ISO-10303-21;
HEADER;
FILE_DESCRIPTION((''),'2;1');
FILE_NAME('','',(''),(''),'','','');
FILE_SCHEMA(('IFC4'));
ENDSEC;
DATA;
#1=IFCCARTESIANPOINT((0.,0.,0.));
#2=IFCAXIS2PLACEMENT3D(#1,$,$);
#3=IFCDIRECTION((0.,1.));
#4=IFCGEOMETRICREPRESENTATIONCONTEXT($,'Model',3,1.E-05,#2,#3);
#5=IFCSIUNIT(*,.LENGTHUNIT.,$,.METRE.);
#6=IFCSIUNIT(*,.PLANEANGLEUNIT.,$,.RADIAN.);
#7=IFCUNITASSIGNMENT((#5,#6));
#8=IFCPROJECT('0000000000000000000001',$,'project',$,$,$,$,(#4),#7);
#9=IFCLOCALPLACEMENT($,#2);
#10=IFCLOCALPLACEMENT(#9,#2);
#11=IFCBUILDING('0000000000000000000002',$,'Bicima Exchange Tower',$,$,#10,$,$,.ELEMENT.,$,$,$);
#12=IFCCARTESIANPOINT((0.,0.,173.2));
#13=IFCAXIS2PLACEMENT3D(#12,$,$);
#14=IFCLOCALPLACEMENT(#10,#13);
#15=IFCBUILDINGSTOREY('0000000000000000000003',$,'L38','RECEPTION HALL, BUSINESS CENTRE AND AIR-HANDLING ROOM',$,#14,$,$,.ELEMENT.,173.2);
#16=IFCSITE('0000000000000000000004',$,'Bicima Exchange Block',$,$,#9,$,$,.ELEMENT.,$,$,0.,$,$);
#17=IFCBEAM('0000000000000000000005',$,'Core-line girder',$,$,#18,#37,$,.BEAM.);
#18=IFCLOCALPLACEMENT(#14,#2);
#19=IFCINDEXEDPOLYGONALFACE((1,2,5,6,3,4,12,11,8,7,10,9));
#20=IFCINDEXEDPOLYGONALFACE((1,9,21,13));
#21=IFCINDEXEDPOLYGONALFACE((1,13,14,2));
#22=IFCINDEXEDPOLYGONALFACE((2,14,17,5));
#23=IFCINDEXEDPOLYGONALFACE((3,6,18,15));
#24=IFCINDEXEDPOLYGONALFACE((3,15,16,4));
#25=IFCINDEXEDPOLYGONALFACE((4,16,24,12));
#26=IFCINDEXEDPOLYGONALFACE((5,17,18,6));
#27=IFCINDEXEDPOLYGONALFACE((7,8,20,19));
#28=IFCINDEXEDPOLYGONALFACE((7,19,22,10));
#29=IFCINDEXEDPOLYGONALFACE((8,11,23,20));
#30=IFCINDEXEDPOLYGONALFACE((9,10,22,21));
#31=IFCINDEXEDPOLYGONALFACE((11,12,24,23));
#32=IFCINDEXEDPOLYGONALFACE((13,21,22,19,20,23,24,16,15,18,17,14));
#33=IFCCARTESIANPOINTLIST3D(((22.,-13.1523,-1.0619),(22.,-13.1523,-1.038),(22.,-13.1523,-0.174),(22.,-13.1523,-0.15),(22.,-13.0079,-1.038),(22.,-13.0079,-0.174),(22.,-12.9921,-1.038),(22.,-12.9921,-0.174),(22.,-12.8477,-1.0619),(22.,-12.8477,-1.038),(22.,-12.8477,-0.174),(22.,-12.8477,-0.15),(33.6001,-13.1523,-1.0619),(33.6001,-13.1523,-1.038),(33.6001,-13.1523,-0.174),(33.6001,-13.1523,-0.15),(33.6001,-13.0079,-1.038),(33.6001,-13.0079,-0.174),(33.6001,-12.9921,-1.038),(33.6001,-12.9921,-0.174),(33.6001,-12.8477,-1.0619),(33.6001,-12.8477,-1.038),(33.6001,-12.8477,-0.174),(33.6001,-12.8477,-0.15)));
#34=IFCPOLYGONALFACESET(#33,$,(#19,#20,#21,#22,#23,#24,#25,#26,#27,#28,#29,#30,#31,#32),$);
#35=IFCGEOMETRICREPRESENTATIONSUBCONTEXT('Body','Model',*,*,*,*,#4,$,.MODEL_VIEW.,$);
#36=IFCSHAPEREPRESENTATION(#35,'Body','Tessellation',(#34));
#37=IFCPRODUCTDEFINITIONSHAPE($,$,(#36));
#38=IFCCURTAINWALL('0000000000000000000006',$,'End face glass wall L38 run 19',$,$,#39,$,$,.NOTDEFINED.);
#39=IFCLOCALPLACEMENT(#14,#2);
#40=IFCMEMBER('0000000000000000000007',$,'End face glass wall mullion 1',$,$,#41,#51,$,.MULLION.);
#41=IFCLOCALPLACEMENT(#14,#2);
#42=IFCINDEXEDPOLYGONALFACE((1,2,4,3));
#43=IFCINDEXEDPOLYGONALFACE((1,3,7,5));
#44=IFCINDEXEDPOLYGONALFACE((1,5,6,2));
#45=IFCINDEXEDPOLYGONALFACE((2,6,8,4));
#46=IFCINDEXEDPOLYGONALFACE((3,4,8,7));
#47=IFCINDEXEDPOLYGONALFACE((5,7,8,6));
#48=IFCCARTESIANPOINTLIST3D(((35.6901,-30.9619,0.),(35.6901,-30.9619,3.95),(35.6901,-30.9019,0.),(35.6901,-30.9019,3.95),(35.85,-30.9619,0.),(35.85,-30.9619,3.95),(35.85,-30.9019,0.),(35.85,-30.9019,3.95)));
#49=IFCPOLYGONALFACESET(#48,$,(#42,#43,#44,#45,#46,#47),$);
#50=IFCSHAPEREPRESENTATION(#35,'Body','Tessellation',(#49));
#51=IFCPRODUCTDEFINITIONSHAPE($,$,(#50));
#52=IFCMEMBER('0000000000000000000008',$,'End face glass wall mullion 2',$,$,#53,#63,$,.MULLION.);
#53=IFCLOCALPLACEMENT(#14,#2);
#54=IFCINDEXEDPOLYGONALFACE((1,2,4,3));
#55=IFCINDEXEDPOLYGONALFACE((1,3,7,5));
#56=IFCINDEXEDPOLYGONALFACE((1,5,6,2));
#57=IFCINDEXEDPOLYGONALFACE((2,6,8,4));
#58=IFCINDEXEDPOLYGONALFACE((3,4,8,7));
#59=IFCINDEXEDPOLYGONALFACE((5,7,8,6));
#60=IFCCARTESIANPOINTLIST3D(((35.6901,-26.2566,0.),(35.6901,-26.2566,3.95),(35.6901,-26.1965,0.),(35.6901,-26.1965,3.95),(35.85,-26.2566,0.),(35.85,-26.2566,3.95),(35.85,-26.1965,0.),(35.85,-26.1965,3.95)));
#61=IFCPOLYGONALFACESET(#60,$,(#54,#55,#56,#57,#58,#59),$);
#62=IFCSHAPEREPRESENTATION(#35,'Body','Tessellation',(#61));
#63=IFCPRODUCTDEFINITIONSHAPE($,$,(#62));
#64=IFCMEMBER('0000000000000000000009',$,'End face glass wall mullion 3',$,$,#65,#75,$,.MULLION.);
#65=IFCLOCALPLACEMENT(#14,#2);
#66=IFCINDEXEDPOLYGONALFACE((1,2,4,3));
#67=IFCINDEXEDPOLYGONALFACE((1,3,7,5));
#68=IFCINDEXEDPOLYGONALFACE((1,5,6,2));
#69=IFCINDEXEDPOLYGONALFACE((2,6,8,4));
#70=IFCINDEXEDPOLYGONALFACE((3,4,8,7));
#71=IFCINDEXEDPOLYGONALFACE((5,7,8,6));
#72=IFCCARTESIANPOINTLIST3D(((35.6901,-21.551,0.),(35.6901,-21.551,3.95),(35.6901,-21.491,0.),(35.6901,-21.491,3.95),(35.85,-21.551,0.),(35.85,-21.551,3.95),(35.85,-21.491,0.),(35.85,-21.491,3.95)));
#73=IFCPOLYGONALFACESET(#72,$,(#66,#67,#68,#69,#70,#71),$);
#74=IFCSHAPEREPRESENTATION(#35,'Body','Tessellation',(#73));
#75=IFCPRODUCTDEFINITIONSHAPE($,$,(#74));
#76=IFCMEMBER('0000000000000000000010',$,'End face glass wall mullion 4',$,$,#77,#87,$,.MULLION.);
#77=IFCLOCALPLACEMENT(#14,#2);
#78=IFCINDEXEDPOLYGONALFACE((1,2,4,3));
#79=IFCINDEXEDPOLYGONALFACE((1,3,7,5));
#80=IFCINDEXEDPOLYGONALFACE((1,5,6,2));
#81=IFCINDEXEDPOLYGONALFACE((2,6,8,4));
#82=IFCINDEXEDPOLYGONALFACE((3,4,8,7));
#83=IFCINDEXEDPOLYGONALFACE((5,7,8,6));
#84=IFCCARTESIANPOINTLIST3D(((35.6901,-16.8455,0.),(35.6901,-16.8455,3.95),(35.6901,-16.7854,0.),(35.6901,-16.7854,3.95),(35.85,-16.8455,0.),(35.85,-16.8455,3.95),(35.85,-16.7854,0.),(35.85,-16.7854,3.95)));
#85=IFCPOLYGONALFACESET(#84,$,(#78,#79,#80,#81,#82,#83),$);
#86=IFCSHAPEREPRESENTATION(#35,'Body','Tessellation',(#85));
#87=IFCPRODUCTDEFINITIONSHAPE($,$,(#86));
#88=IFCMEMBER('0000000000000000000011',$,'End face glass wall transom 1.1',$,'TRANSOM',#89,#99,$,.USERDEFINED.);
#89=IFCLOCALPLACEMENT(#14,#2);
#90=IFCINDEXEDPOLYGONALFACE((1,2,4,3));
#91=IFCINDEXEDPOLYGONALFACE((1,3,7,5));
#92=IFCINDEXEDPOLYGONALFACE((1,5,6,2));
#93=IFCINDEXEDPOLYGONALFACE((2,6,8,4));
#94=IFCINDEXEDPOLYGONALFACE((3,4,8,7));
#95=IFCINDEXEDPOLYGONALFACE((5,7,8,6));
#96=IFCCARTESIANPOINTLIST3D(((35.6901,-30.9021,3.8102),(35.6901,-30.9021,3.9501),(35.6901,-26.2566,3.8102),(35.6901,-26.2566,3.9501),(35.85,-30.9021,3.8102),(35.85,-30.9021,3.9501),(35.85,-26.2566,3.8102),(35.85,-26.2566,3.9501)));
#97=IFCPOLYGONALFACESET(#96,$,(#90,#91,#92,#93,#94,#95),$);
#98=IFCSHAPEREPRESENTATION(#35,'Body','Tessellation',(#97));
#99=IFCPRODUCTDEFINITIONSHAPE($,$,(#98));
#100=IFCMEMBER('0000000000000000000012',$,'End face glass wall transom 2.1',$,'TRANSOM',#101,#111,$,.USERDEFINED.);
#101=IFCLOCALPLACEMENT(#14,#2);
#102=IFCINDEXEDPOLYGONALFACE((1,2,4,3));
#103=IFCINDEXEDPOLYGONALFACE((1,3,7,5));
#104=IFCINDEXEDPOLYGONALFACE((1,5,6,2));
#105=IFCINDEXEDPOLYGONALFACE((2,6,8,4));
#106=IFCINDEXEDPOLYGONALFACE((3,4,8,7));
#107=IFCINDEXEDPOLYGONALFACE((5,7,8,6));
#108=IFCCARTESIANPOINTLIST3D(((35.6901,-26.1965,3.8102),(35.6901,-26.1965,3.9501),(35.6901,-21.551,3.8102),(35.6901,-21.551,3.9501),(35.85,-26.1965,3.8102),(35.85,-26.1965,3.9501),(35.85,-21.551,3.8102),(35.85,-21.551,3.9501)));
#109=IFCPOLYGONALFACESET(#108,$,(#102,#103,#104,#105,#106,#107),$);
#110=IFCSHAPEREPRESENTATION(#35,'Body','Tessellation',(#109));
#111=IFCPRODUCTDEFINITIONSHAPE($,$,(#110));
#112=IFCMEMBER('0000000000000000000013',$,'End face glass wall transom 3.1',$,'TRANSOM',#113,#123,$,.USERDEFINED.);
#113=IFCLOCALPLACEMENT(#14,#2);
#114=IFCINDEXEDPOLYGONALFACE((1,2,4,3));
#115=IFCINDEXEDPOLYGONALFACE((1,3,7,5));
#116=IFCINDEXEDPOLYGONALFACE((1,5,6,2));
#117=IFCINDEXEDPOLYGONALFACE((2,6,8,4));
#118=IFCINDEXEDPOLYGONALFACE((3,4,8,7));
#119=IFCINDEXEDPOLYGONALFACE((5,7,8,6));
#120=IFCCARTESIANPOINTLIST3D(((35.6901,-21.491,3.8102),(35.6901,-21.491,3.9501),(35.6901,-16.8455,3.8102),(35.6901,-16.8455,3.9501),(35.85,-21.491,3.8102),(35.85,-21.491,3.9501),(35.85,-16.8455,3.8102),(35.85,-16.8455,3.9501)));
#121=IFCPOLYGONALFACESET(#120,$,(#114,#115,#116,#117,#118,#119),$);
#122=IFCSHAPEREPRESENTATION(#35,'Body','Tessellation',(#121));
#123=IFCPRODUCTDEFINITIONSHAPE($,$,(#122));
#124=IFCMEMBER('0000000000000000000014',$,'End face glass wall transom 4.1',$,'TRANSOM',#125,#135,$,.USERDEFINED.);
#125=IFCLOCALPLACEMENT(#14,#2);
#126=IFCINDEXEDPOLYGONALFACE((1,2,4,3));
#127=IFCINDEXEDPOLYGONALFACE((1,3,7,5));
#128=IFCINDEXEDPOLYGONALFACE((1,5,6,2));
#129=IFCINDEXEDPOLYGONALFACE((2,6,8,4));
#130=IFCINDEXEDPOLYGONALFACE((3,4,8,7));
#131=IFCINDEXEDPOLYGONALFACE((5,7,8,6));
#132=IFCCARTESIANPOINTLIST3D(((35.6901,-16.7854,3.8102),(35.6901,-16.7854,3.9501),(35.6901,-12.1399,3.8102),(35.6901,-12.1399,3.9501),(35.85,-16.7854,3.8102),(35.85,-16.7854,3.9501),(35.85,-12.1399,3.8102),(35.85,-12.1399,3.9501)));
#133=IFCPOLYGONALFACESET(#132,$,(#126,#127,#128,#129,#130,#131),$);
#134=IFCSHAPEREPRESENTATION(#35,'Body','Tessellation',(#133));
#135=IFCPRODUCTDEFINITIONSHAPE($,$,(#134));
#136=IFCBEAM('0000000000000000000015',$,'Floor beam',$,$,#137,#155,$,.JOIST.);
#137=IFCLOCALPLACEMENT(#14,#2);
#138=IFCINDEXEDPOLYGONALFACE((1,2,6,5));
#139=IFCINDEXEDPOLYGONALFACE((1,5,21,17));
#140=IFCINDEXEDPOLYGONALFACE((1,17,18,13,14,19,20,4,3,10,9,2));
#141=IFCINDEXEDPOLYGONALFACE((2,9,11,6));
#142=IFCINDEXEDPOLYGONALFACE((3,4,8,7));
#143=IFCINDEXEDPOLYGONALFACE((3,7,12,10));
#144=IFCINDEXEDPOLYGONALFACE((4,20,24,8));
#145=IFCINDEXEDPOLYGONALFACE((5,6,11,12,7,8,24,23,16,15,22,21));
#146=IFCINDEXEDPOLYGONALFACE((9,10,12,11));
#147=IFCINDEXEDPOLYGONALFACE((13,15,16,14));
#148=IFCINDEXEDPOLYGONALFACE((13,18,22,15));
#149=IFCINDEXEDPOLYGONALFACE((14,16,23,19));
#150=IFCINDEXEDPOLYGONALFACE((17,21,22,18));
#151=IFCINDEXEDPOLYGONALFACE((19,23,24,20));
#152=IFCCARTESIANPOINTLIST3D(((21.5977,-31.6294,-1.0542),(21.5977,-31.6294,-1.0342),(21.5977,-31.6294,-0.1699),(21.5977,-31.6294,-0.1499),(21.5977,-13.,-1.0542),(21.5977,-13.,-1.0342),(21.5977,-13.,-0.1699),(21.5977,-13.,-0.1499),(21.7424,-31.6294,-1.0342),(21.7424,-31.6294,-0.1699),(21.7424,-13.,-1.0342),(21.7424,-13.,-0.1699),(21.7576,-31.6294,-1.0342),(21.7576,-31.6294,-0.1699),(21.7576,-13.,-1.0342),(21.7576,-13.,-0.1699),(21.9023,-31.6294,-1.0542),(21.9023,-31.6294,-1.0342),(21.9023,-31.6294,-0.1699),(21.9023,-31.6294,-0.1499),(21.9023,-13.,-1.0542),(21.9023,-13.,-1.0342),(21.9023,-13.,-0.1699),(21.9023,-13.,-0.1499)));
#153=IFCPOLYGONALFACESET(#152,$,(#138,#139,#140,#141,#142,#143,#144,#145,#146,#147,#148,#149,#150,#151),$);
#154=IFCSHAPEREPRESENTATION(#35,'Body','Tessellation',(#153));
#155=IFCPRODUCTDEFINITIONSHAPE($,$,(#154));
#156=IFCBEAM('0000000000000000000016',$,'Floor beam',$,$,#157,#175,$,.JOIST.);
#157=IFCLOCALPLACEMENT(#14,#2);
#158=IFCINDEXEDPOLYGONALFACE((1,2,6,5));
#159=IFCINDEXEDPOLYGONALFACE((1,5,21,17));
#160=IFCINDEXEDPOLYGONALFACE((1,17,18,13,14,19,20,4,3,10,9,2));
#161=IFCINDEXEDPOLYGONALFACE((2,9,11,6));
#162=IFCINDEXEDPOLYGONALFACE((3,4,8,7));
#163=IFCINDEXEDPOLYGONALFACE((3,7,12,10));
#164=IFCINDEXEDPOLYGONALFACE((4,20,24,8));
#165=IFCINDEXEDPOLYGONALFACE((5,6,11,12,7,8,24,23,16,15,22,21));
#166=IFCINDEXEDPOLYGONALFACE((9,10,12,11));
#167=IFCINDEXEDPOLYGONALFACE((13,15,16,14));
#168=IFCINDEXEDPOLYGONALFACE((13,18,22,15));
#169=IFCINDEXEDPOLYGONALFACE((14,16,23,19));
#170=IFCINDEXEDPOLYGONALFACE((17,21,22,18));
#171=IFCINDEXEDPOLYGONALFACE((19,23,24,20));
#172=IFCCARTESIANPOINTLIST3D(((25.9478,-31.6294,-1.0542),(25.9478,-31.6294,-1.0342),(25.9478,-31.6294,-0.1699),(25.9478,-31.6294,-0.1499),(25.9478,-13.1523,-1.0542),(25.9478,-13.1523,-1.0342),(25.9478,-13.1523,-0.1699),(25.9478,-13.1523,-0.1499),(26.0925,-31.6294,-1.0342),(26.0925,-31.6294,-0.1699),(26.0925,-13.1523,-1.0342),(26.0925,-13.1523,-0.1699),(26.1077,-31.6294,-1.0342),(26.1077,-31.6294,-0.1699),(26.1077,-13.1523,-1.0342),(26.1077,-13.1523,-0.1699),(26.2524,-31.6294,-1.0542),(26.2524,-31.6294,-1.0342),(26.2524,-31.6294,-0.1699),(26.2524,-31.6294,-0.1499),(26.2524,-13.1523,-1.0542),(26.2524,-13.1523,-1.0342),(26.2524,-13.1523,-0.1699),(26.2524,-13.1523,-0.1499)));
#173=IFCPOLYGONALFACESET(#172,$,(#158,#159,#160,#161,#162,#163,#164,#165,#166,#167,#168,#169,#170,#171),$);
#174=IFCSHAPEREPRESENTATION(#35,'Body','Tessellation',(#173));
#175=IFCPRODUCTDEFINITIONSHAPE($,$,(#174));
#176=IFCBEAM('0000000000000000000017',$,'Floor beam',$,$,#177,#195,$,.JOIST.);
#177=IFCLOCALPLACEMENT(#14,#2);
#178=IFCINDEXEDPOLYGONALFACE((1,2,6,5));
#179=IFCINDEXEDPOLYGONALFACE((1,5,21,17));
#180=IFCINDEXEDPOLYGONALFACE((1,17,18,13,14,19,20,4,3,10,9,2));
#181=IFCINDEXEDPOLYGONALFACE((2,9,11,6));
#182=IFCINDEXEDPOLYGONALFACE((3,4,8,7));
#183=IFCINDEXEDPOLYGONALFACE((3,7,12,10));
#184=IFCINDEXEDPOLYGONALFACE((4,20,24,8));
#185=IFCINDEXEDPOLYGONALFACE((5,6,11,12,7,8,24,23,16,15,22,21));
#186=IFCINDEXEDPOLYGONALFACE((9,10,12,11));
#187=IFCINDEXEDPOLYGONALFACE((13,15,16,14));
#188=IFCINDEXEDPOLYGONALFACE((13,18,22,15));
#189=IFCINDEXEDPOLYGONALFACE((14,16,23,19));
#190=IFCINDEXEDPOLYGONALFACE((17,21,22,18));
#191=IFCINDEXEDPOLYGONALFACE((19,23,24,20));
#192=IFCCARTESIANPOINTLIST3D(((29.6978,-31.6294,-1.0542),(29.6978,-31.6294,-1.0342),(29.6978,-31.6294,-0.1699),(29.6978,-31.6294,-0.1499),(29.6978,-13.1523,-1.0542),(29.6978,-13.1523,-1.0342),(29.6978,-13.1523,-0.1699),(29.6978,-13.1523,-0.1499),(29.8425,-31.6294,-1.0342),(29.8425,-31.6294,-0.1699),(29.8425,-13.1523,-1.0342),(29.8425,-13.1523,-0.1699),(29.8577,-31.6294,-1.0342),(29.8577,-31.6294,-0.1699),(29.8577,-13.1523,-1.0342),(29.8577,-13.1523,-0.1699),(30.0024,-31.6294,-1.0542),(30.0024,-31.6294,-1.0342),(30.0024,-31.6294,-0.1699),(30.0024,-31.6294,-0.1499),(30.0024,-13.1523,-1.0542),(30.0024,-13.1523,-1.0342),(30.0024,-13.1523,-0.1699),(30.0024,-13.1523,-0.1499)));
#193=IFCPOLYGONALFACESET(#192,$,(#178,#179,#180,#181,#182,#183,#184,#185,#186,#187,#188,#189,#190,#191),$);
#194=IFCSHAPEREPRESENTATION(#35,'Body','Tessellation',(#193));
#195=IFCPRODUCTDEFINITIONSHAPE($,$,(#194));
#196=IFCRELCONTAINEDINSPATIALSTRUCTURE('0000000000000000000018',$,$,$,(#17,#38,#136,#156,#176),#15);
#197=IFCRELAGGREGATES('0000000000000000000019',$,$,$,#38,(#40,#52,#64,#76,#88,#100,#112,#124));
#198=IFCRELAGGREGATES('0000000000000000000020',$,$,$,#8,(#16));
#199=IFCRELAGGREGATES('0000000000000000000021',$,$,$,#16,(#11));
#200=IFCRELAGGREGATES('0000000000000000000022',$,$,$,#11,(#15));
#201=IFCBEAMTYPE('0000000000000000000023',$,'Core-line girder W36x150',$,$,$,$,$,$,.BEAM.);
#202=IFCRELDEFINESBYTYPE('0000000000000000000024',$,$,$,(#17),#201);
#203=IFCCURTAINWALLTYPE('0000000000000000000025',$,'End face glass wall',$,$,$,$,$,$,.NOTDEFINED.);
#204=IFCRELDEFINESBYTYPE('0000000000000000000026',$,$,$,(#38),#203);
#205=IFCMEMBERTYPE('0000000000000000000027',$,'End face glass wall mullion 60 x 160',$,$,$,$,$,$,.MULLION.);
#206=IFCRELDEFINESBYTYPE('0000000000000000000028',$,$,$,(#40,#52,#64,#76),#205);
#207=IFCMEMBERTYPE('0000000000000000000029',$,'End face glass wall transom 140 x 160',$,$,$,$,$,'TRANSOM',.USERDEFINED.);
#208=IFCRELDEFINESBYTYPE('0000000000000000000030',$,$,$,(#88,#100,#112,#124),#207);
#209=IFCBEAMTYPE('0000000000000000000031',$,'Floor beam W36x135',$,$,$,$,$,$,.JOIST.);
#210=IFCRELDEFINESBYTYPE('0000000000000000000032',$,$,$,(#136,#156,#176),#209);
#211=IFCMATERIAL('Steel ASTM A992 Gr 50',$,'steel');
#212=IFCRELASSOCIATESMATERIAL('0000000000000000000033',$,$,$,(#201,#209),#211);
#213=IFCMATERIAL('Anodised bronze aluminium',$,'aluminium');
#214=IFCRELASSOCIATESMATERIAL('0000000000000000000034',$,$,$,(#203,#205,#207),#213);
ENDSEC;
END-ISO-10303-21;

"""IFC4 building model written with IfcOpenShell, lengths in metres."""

from ifc_helpers import new_model, si_unit, direction, frame, origin, origin_2d, place, context, subcontext, project, spatial, rectangle, i_section, extrude, material, material_profile, profile_set, type_object, element, aggregate, save


model = new_model("IFC4")

# Units and contexts
model_context = context("Model", 3, precision=1e-05, world=origin(), true_north=direction((0.0, 1.0)))
body_context = subcontext(model_context, "Body", "Model", "MODEL_VIEW")
ifc_project = project(units=[si_unit("LENGTHUNIT", "METRE"), si_unit("PLANEANGLEUNIT", "RADIAN")], contexts=[model_context])

# Site, building, storey
site_placement = place(None, origin())
site = spatial("IfcSite", under=ifc_project, at=site_placement, Name="Bicima Exchange Block", CompositionType="ELEMENT", RefElevation=0.0)
building_placement = place(site_placement, origin())
building = spatial("IfcBuilding", under=site, at=building_placement, Name="Bicima Exchange Tower", CompositionType="ELEMENT")
storey_placement = place(building_placement, frame((0.0, 0.0, 173.2)))
storey = spatial("IfcBuildingStorey", under=building, at=storey_placement, Name="L38", Description="RECEPTION HALL, BUSINESS CENTRE AND AIR-HANDLING ROOM", CompositionType="ELEMENT", Elevation=173.2)

# Beam
ifc_material_1 = material(Name="Steel ASTM A992 Gr 50", Category="steel")
ifc_material_profile_1 = material_profile(ifc_material_1, i_section(OverallWidth=0.3047, OverallDepth=0.9119, WebThickness=0.0159, FlangeThickness=0.0239, at=origin_2d()))
ifc_profile_set_1 = profile_set([ifc_material_profile_1], Name="Steel ASTM A992 Gr 50")
beam_type_1 = type_object("IfcBeamType", Name="Core-line girder W36x150", PredefinedType="BEAM", material=ifc_profile_set_1)
beam_1_placement = place(storey_placement, frame((22.0, -13.0, -0.606), z_axis=(1.0, 0.0, 0.0), x_axis=(0.0, 1.0, 0.0)))
element("IfcBeam", 1, at=beam_1_placement, inside=storey, type_object=beam_type_1, Name="Core-line girder", PredefinedType="BEAM", context=body_context, shape_type="SweptSolid", body=[
    extrude(i_section(OverallWidth=0.3047, OverallDepth=0.9119, WebThickness=0.0159, FlangeThickness=0.0239, at=origin_2d()), origin(), (0.0, 0.0, 1.0), 11.6001),
])

# Curtain wall, members
ifc_material_2 = material(Name="Anodised bronze aluminium", Category="aluminium")
curtain_wall_type_1 = type_object("IfcCurtainWallType", Name="End face glass wall", PredefinedType="NOTDEFINED", material=ifc_material_2)
curtain_wall_1_placement = place(storey_placement, origin())
curtain_wall_1 = element("IfcCurtainWall", 2, at=curtain_wall_1_placement, inside=storey, type_object=curtain_wall_type_1, Name="End face glass wall L38 run 19", PredefinedType="NOTDEFINED")
ifc_material_profile_2 = material_profile(ifc_material_2, rectangle(XDim=0.1599, YDim=0.0601, at=origin_2d()))
ifc_profile_set_2 = profile_set([ifc_material_profile_2], Name="Anodised bronze aluminium")
member_type_1 = type_object("IfcMemberType", Name="End face glass wall mullion 60 x 160", PredefinedType="MULLION", material=ifc_profile_set_2)
member_1_placement = place(storey_placement, frame((35.77, -30.9319, 0.0), z_axis=(0.0, 0.0, 1.0), x_axis=(-1.0, 0.0, 0.0)))
member_1 = element("IfcMember", 3, at=member_1_placement, type_object=member_type_1, Name="End face glass wall mullion 1", PredefinedType="MULLION", context=body_context, shape_type="SweptSolid", body=[
    extrude(rectangle(XDim=0.1599, YDim=0.0601, at=origin_2d()), origin(), (0.0, 0.0, 1.0), 3.95),
])
member_2_placement = place(storey_placement, frame((35.77, -26.2266, 0.0), z_axis=(0.0, 0.0, 1.0), x_axis=(-1.0, 0.0, 0.0)))
member_2 = element("IfcMember", 4, at=member_2_placement, type_object=member_type_1, Name="End face glass wall mullion 2", PredefinedType="MULLION", context=body_context, shape_type="SweptSolid", body=[
    extrude(rectangle(XDim=0.1599, YDim=0.0601, at=origin_2d()), origin(), (0.0, 0.0, 1.0), 3.95),
])
member_3_placement = place(storey_placement, frame((35.77, -21.521, 0.0), z_axis=(0.0, 0.0, 1.0), x_axis=(-1.0, 0.0, 0.0)))
member_3 = element("IfcMember", 5, at=member_3_placement, type_object=member_type_1, Name="End face glass wall mullion 3", PredefinedType="MULLION", context=body_context, shape_type="SweptSolid", body=[
    extrude(rectangle(XDim=0.1599, YDim=0.0601, at=origin_2d()), origin(), (0.0, 0.0, 1.0), 3.95),
])
member_4_placement = place(storey_placement, frame((35.77, -16.8154, 0.0), z_axis=(0.0, 0.0, 1.0), x_axis=(-1.0, 0.0, 0.0)))
member_4 = element("IfcMember", 6, at=member_4_placement, type_object=member_type_1, Name="End face glass wall mullion 4", PredefinedType="MULLION", context=body_context, shape_type="SweptSolid", body=[
    extrude(rectangle(XDim=0.1599, YDim=0.0601, at=origin_2d()), origin(), (0.0, 0.0, 1.0), 3.95),
])
ifc_material_profile_3 = material_profile(ifc_material_2, rectangle(XDim=0.1599, YDim=0.1399, at=origin_2d()))
ifc_profile_set_3 = profile_set([ifc_material_profile_3], Name="Anodised bronze aluminium")
member_type_2 = type_object("IfcMemberType", Name="End face glass wall transom 140 x 160", ElementType="TRANSOM", PredefinedType="USERDEFINED", material=ifc_profile_set_3)
member_5_placement = place(storey_placement, frame((35.77, -30.9021, 3.8801), z_axis=(0.0, 1.0, 0.0), x_axis=(-1.0, 0.0, 0.0)))
member_5 = element("IfcMember", 7, at=member_5_placement, type_object=member_type_2, Name="End face glass wall transom 1.1", ObjectType="TRANSOM", PredefinedType="USERDEFINED", context=body_context, shape_type="SweptSolid", body=[
    extrude(rectangle(XDim=0.1599, YDim=0.1399, at=origin_2d()), origin(), (0.0, 0.0, 1.0), 4.6455),
])
member_6_placement = place(storey_placement, frame((35.77, -26.1965, 3.8801), z_axis=(0.0, 1.0, 0.0), x_axis=(-1.0, 0.0, 0.0)))
member_6 = element("IfcMember", 8, at=member_6_placement, type_object=member_type_2, Name="End face glass wall transom 2.1", ObjectType="TRANSOM", PredefinedType="USERDEFINED", context=body_context, shape_type="SweptSolid", body=[
    extrude(rectangle(XDim=0.1599, YDim=0.1399, at=origin_2d()), origin(), (0.0, 0.0, 1.0), 4.6455),
])
member_7_placement = place(storey_placement, frame((35.77, -21.491, 3.8801), z_axis=(0.0, 1.0, 0.0), x_axis=(-1.0, 0.0, 0.0)))
member_7 = element("IfcMember", 9, at=member_7_placement, type_object=member_type_2, Name="End face glass wall transom 3.1", ObjectType="TRANSOM", PredefinedType="USERDEFINED", context=body_context, shape_type="SweptSolid", body=[
    extrude(rectangle(XDim=0.1599, YDim=0.1399, at=origin_2d()), origin(), (0.0, 0.0, 1.0), 4.6455),
])
member_8_placement = place(storey_placement, frame((35.77, -16.7854, 3.8801), z_axis=(0.0, 1.0, 0.0), x_axis=(-1.0, 0.0, 0.0)))
member_8 = element("IfcMember", 10, at=member_8_placement, type_object=member_type_2, Name="End face glass wall transom 4.1", ObjectType="TRANSOM", PredefinedType="USERDEFINED", context=body_context, shape_type="SweptSolid", body=[
    extrude(rectangle(XDim=0.1599, YDim=0.1399, at=origin_2d()), origin(), (0.0, 0.0, 1.0), 4.6455),
])

# Beams
ifc_material_profile_4 = material_profile(ifc_material_1, i_section(OverallWidth=0.3047, OverallDepth=0.9043, WebThickness=0.0151, FlangeThickness=0.02, at=origin_2d()))
ifc_profile_set_4 = profile_set([ifc_material_profile_4], Name="Steel ASTM A992 Gr 50")
beam_type_2 = type_object("IfcBeamType", Name="Floor beam W36x135", PredefinedType="JOIST", material=ifc_profile_set_4)
beam_2_placement = place(storey_placement, frame((21.75, -13.0, -0.6021), z_axis=(0.0, -1.0, 0.0), x_axis=(1.0, 0.0, 0.0)))
element("IfcBeam", 11, at=beam_2_placement, inside=storey, type_object=beam_type_2, Name="Floor beam", PredefinedType="JOIST", context=body_context, shape_type="SweptSolid", body=[
    extrude(i_section(OverallWidth=0.3047, OverallDepth=0.9043, WebThickness=0.0151, FlangeThickness=0.02, at=origin_2d()), origin(), (0.0, 0.0, 1.0), 18.6294),
])
for number, where, z_axis, x_axis, name in (
    (12, (26.1001, -13.1523, -0.6021), (0.0, -1.0, 0.0), (1.0, 0.0, 0.0), "Floor beam"),
    (13, (29.8501, -13.1523, -0.6021), (0.0, -1.0, 0.0), (1.0, 0.0, 0.0), "Floor beam"),
):
    element("IfcBeam", number, at=place(storey_placement, frame(where, z_axis=z_axis, x_axis=x_axis)), inside=storey, type_object=beam_type_2, Name=name, PredefinedType="JOIST", context=body_context, shape_type="SweptSolid", body=[
        extrude(i_section(OverallWidth=0.3047, OverallDepth=0.9043, WebThickness=0.0151, FlangeThickness=0.02, at=origin_2d()), origin(), (0.0, 0.0, 1.0), 18.4771),
    ])

aggregate(curtain_wall_1, [member_1, member_2, member_3, member_4, member_5, member_6, member_7, member_8])

save(model, "model.ifc")
